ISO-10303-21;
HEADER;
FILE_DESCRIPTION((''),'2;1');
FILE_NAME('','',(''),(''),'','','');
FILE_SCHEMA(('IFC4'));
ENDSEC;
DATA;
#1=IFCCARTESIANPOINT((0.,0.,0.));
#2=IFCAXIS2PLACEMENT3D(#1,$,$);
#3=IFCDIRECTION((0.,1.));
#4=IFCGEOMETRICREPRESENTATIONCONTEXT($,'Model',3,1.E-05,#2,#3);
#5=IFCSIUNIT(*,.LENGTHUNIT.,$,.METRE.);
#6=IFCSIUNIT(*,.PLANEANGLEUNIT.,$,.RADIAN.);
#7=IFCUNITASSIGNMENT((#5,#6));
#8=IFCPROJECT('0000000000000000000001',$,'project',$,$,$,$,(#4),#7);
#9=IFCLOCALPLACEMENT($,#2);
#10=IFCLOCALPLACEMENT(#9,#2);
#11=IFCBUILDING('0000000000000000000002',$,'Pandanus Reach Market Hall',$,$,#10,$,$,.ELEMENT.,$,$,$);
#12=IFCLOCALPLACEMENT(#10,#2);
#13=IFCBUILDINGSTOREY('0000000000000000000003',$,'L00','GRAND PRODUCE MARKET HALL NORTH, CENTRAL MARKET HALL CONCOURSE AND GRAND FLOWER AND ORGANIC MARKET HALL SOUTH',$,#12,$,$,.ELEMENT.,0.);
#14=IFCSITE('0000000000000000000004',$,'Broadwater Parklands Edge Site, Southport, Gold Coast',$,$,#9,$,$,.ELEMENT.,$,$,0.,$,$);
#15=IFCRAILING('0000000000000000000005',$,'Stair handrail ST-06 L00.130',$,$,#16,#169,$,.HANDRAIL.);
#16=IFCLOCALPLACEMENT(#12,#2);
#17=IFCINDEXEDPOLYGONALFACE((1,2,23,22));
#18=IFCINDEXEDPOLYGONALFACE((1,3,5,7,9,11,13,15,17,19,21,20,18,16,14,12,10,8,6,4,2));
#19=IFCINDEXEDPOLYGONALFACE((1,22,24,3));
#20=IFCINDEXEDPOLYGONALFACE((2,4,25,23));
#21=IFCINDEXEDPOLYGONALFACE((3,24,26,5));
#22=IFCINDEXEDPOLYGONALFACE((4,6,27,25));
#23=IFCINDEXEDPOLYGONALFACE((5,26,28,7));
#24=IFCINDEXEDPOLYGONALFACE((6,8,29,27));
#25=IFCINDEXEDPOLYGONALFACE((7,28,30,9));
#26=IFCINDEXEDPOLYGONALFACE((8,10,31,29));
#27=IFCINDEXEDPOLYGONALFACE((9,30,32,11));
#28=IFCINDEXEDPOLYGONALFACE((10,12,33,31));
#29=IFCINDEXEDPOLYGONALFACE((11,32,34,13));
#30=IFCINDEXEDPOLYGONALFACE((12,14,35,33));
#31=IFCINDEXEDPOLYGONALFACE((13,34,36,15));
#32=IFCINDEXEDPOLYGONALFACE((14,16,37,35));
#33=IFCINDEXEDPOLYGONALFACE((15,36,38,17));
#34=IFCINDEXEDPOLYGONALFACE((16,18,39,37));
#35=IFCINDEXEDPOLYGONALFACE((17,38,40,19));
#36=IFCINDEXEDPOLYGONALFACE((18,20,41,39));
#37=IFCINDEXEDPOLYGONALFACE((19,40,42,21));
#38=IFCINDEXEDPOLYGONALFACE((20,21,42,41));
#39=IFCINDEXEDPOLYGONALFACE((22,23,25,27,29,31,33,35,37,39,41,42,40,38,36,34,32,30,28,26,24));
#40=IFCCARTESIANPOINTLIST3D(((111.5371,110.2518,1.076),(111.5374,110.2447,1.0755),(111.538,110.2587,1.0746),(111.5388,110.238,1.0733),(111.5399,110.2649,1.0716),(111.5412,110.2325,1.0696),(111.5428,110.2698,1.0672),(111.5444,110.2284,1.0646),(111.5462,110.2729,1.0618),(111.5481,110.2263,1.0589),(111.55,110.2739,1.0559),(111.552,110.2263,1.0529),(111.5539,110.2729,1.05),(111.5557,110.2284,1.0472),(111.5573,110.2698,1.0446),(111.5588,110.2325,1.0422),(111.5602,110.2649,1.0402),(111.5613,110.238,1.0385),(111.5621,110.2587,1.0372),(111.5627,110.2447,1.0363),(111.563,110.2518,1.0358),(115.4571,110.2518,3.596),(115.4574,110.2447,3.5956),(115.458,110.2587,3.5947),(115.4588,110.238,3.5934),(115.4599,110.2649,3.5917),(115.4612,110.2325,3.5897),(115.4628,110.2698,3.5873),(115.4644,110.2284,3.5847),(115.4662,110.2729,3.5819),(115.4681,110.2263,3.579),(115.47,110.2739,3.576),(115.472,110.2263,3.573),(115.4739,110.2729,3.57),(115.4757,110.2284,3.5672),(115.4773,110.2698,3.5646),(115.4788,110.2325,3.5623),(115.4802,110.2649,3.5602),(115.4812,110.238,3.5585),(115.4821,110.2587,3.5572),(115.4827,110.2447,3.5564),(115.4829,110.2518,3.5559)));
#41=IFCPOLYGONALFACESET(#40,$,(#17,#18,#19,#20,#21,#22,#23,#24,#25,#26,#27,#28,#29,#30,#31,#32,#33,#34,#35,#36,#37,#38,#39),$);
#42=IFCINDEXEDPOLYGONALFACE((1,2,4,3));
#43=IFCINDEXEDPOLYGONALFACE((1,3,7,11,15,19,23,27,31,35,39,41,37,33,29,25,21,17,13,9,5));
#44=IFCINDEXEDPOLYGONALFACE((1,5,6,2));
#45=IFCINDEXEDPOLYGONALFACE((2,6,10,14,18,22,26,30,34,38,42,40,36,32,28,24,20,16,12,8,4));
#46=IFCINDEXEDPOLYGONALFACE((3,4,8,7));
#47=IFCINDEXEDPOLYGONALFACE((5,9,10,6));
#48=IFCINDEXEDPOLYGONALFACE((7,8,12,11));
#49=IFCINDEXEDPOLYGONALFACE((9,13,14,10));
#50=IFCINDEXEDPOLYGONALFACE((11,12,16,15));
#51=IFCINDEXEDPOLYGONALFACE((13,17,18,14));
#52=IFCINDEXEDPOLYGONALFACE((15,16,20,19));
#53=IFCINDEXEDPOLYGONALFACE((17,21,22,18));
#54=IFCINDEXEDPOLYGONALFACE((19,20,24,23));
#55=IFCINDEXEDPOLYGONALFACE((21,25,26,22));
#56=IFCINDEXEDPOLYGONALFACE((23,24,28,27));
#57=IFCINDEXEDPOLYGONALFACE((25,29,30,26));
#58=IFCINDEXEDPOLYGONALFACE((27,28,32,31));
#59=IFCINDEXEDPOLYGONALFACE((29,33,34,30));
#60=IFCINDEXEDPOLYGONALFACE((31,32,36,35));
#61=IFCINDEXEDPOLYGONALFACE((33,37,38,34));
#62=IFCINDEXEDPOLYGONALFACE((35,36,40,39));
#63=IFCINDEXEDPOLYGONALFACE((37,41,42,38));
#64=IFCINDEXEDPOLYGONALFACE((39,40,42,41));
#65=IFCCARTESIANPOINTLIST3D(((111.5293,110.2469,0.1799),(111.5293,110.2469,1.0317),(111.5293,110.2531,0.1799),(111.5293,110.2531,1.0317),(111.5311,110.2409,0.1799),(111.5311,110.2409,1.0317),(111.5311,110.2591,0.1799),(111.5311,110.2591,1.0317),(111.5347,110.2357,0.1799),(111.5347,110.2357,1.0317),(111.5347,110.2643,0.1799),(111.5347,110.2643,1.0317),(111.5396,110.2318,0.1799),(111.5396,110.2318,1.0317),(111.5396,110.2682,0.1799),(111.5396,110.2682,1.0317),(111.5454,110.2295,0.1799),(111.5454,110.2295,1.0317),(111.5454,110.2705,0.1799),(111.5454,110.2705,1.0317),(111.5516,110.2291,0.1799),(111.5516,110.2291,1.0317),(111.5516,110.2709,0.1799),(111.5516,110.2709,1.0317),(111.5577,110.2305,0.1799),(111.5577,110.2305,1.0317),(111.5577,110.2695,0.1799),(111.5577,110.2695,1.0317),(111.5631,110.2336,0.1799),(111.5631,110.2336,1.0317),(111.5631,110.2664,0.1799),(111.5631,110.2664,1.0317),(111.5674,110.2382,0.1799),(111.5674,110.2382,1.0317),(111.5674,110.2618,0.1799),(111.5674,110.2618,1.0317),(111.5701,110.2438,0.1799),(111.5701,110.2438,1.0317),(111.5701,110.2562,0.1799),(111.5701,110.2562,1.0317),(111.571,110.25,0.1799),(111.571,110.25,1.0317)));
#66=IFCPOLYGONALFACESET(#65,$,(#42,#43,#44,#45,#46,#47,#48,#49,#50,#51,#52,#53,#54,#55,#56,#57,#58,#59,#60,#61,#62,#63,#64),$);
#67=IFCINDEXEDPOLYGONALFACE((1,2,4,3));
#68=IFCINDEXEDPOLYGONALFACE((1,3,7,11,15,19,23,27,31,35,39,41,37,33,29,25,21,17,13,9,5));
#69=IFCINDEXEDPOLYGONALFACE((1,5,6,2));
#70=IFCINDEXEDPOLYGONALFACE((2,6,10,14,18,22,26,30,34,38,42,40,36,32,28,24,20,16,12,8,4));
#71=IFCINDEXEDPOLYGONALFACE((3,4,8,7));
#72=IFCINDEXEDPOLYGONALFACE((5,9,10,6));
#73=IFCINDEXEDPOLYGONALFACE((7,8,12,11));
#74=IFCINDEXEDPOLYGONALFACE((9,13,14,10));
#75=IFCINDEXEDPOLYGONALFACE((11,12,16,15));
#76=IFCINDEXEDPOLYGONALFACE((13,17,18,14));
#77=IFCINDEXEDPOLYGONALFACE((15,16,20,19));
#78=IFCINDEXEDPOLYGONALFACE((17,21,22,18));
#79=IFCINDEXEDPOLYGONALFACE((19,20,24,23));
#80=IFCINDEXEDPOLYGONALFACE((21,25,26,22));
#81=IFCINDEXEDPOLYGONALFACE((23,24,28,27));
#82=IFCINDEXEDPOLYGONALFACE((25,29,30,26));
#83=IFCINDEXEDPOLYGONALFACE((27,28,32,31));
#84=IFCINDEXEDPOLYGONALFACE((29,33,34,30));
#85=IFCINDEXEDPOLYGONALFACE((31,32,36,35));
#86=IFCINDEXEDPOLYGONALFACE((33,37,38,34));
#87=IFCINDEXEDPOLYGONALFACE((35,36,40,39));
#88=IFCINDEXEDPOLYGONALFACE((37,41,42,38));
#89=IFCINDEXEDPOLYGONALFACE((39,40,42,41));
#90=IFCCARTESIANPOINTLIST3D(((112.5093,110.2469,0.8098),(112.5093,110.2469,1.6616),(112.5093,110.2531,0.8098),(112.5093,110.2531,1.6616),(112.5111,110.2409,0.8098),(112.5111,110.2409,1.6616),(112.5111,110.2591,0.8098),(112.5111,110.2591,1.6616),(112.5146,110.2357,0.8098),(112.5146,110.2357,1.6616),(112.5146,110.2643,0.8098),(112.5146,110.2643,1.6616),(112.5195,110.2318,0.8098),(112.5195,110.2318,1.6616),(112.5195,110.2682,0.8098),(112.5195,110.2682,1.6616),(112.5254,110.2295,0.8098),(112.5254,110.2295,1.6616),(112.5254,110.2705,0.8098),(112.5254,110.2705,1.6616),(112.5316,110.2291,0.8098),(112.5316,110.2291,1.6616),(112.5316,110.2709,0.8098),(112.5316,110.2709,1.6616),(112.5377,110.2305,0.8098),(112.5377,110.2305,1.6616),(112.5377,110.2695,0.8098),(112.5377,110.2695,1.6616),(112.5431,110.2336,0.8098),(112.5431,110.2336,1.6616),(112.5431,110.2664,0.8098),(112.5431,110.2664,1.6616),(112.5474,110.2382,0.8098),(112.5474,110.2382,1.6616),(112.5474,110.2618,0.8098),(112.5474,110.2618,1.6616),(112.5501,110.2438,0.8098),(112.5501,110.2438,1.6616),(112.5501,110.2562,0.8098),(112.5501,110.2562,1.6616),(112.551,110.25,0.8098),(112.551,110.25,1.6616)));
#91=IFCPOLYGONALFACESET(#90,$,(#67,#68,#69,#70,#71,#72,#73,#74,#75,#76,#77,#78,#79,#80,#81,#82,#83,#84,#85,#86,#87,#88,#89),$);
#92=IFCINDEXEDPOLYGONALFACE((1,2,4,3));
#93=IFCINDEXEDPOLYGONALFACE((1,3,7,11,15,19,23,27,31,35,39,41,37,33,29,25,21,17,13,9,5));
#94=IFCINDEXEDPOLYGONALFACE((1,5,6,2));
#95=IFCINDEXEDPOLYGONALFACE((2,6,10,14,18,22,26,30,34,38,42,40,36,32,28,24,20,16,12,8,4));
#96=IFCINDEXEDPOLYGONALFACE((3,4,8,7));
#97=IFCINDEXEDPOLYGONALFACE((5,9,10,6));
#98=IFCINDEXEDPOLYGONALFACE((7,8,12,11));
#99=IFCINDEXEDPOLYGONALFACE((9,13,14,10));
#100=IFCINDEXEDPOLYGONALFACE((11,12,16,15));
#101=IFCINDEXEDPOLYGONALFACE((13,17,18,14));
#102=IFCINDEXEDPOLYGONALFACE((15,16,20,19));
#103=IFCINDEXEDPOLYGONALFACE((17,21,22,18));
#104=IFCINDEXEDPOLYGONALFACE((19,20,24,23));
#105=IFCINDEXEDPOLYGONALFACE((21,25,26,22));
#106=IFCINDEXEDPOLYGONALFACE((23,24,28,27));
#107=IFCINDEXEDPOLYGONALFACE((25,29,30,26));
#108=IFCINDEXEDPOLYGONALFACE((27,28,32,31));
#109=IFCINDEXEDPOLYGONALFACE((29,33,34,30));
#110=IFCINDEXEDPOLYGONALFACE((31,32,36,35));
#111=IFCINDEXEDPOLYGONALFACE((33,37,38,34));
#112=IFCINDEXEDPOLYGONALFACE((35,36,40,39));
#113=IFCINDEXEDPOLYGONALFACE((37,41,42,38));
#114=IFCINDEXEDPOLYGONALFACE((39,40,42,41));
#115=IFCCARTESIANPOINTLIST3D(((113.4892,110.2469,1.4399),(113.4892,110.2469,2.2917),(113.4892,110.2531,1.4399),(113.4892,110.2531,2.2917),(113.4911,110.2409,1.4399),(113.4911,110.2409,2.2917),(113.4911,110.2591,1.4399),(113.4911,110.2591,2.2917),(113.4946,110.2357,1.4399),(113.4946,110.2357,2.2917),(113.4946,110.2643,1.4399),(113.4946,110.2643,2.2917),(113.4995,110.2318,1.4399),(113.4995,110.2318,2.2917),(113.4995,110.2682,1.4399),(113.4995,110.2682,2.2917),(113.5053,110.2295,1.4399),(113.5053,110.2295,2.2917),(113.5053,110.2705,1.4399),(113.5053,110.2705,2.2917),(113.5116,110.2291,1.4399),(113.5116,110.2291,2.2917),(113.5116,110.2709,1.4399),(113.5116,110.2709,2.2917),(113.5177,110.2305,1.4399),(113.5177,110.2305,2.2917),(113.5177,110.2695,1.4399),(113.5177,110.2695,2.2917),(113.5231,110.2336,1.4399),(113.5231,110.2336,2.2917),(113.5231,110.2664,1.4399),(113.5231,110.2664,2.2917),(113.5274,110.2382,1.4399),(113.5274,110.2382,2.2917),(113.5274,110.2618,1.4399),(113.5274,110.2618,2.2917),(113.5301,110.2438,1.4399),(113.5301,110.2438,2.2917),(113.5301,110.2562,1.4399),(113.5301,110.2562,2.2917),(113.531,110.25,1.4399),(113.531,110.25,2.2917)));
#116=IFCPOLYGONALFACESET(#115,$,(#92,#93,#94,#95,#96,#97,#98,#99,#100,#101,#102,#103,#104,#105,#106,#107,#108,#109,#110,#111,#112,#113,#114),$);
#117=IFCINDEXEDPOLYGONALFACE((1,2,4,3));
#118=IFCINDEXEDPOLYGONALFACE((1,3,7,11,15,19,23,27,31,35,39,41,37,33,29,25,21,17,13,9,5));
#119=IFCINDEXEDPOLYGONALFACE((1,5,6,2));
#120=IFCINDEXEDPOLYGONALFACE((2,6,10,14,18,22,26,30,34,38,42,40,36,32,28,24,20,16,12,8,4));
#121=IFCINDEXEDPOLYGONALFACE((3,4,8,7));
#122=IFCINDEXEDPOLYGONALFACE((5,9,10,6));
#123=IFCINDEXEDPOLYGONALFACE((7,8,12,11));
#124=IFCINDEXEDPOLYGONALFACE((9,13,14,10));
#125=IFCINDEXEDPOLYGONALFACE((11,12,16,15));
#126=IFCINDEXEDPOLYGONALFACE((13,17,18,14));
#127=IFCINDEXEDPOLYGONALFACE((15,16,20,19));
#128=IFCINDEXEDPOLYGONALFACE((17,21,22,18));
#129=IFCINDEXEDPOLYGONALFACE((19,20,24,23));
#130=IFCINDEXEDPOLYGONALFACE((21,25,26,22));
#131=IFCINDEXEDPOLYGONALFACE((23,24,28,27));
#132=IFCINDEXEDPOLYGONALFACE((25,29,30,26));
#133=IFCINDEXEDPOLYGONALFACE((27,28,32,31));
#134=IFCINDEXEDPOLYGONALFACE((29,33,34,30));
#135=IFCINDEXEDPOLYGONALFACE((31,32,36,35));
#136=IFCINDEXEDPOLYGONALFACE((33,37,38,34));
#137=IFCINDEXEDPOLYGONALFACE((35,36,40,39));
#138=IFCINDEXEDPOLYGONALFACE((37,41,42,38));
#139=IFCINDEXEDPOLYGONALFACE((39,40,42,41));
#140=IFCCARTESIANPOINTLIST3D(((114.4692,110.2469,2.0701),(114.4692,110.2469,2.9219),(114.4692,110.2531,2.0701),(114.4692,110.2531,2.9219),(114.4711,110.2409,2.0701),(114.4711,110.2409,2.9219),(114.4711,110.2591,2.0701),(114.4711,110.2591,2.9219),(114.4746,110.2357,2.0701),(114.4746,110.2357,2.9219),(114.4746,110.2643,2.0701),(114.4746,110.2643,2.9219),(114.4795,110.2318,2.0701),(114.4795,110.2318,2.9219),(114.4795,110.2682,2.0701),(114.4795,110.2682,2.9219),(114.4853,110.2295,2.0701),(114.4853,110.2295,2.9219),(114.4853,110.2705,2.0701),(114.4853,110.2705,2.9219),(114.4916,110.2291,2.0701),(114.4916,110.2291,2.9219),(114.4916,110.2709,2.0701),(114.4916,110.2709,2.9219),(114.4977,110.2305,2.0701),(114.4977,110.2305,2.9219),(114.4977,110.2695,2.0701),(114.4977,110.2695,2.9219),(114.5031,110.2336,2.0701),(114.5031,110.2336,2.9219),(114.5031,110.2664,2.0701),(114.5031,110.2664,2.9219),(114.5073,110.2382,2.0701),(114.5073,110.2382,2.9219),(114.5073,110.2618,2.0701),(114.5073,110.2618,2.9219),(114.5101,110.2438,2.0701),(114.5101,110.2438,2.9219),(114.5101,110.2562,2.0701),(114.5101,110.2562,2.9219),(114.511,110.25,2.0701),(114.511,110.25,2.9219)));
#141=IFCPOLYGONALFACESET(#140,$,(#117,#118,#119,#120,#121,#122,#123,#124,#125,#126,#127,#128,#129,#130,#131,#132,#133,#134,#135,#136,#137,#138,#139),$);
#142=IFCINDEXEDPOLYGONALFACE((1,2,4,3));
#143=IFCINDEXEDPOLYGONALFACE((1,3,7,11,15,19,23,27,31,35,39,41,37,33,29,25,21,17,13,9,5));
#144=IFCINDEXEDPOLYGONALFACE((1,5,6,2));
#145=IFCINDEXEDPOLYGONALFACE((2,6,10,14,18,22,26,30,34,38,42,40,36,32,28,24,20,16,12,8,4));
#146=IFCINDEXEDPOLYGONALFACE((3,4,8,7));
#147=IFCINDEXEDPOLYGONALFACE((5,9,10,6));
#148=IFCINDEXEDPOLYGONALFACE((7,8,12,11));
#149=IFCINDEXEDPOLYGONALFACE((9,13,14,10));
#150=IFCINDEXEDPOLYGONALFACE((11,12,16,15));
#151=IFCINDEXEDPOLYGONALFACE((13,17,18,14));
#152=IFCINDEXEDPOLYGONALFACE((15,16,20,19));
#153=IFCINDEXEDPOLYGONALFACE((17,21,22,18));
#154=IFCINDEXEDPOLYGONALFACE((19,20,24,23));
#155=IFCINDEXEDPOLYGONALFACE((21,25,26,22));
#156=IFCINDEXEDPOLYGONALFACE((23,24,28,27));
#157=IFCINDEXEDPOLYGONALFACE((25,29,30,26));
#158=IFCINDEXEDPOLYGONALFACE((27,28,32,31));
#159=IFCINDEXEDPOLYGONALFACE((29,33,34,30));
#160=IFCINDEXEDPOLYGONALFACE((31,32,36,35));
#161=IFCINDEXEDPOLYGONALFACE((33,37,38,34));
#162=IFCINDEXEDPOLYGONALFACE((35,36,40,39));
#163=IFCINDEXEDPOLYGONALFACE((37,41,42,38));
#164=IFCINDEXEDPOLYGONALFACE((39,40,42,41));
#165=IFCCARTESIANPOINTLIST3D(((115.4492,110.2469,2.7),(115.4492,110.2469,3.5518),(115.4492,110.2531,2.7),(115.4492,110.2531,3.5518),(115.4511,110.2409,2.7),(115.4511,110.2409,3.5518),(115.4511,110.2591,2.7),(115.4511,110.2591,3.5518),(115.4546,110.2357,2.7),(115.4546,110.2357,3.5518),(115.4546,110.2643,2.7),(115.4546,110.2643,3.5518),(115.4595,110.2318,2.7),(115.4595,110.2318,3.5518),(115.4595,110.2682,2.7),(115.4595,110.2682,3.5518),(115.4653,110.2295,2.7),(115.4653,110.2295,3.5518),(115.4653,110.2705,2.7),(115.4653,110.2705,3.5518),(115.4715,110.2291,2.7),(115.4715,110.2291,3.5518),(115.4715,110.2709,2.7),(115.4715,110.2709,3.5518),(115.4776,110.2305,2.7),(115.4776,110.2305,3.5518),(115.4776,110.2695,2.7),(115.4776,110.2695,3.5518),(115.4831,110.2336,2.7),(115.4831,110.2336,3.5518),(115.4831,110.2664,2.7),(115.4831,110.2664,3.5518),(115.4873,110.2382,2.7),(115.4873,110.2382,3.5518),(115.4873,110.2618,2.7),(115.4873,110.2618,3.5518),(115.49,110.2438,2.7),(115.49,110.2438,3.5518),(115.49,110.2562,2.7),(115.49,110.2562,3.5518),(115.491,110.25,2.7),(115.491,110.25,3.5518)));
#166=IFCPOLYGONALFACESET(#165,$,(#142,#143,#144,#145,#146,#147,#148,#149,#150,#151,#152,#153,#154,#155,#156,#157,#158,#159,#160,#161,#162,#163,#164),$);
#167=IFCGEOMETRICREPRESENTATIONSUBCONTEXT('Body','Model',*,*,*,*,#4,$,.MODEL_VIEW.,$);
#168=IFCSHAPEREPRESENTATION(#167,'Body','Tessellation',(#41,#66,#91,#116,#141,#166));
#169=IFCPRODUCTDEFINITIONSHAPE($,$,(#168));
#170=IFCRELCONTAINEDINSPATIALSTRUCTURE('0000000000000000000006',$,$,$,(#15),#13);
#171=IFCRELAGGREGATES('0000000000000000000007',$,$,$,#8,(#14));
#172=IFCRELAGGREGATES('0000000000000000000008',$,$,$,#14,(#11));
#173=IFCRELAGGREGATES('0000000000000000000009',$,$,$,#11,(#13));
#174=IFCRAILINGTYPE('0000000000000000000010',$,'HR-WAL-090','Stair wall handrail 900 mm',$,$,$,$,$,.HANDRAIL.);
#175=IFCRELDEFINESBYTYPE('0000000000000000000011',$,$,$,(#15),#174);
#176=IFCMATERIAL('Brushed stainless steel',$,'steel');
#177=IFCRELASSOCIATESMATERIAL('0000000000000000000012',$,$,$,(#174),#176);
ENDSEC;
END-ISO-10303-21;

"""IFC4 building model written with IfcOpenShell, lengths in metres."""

from ifc_helpers import new_model, si_unit, direction, frame, origin, origin_2d, place, context, subcontext, project, spatial, circle, extrude, material, type_object, element, save


model = new_model("IFC4")

# Units and contexts
model_context = context("Model", 3, precision=1e-05, world=origin(), true_north=direction((0.0, 1.0)))
body_context = subcontext(model_context, "Body", "Model", "MODEL_VIEW")
ifc_project = project(units=[si_unit("LENGTHUNIT", "METRE"), si_unit("PLANEANGLEUNIT", "RADIAN")], contexts=[model_context])

# Site, building, storey
site_placement = place(None, origin())
site = spatial("IfcSite", under=ifc_project, at=site_placement, Name="Broadwater Parklands Edge Site, Southport, Gold Coast", CompositionType="ELEMENT", RefElevation=0.0)
building_placement = place(site_placement, origin())
building = spatial("IfcBuilding", under=site, at=building_placement, Name="Pandanus Reach Market Hall", CompositionType="ELEMENT")
storey_placement = place(building_placement, origin())
storey = spatial("IfcBuildingStorey", under=building, at=storey_placement, Name="L00", Description="GRAND PRODUCE MARKET HALL NORTH, CENTRAL MARKET HALL CONCOURSE AND GRAND FLOWER AND ORGANIC MARKET HALL SOUTH", CompositionType="ELEMENT", Elevation=0.0)

# Railing
ifc_material_1 = material(Name="Brushed stainless steel", Category="steel")
railing_type_1 = type_object("IfcRailingType", Name="HR-WAL-090", Description="Stair wall handrail 900 mm", PredefinedType="HANDRAIL", material=ifc_material_1)
railing_1_placement = place(storey_placement, frame((111.55, 110.25, 0.1799)))
element("IfcRailing", 1, at=railing_1_placement, inside=storey, type_object=railing_type_1, Name="Stair handrail ST-06 L00.130", PredefinedType="HANDRAIL", context=body_context, shape_type="SweptSolid", body=[
    extrude(circle(Radius=0.0239, at=origin_2d()), frame((0.0, 0.0, 0.876), z_axis=(0.841172, 0.0, 0.540768), x_axis=(0.0, 1.0, 0.0)), (0.0, 0.0, 1.0), 4.6602),
    extrude(circle(Radius=0.021, at=origin_2d()), origin(), (0.0, 0.0, 1.0), 0.8518),
    extrude(circle(Radius=0.021, at=origin_2d()), frame((0.98, 0.0, 0.6299)), (0.0, 0.0, 1.0), 0.8518),
    extrude(circle(Radius=0.021, at=origin_2d()), frame((1.96, 0.0, 1.26)), (0.0, 0.0, 1.0), 0.8518),
    extrude(circle(Radius=0.021, at=origin_2d()), frame((2.9399, 0.0, 1.8901)), (0.0, 0.0, 1.0), 0.8518),
    extrude(circle(Radius=0.021, at=origin_2d()), frame((3.9199, 0.0, 2.52)), (0.0, 0.0, 1.0), 0.8518),
])

save(model, "model.ifc")
